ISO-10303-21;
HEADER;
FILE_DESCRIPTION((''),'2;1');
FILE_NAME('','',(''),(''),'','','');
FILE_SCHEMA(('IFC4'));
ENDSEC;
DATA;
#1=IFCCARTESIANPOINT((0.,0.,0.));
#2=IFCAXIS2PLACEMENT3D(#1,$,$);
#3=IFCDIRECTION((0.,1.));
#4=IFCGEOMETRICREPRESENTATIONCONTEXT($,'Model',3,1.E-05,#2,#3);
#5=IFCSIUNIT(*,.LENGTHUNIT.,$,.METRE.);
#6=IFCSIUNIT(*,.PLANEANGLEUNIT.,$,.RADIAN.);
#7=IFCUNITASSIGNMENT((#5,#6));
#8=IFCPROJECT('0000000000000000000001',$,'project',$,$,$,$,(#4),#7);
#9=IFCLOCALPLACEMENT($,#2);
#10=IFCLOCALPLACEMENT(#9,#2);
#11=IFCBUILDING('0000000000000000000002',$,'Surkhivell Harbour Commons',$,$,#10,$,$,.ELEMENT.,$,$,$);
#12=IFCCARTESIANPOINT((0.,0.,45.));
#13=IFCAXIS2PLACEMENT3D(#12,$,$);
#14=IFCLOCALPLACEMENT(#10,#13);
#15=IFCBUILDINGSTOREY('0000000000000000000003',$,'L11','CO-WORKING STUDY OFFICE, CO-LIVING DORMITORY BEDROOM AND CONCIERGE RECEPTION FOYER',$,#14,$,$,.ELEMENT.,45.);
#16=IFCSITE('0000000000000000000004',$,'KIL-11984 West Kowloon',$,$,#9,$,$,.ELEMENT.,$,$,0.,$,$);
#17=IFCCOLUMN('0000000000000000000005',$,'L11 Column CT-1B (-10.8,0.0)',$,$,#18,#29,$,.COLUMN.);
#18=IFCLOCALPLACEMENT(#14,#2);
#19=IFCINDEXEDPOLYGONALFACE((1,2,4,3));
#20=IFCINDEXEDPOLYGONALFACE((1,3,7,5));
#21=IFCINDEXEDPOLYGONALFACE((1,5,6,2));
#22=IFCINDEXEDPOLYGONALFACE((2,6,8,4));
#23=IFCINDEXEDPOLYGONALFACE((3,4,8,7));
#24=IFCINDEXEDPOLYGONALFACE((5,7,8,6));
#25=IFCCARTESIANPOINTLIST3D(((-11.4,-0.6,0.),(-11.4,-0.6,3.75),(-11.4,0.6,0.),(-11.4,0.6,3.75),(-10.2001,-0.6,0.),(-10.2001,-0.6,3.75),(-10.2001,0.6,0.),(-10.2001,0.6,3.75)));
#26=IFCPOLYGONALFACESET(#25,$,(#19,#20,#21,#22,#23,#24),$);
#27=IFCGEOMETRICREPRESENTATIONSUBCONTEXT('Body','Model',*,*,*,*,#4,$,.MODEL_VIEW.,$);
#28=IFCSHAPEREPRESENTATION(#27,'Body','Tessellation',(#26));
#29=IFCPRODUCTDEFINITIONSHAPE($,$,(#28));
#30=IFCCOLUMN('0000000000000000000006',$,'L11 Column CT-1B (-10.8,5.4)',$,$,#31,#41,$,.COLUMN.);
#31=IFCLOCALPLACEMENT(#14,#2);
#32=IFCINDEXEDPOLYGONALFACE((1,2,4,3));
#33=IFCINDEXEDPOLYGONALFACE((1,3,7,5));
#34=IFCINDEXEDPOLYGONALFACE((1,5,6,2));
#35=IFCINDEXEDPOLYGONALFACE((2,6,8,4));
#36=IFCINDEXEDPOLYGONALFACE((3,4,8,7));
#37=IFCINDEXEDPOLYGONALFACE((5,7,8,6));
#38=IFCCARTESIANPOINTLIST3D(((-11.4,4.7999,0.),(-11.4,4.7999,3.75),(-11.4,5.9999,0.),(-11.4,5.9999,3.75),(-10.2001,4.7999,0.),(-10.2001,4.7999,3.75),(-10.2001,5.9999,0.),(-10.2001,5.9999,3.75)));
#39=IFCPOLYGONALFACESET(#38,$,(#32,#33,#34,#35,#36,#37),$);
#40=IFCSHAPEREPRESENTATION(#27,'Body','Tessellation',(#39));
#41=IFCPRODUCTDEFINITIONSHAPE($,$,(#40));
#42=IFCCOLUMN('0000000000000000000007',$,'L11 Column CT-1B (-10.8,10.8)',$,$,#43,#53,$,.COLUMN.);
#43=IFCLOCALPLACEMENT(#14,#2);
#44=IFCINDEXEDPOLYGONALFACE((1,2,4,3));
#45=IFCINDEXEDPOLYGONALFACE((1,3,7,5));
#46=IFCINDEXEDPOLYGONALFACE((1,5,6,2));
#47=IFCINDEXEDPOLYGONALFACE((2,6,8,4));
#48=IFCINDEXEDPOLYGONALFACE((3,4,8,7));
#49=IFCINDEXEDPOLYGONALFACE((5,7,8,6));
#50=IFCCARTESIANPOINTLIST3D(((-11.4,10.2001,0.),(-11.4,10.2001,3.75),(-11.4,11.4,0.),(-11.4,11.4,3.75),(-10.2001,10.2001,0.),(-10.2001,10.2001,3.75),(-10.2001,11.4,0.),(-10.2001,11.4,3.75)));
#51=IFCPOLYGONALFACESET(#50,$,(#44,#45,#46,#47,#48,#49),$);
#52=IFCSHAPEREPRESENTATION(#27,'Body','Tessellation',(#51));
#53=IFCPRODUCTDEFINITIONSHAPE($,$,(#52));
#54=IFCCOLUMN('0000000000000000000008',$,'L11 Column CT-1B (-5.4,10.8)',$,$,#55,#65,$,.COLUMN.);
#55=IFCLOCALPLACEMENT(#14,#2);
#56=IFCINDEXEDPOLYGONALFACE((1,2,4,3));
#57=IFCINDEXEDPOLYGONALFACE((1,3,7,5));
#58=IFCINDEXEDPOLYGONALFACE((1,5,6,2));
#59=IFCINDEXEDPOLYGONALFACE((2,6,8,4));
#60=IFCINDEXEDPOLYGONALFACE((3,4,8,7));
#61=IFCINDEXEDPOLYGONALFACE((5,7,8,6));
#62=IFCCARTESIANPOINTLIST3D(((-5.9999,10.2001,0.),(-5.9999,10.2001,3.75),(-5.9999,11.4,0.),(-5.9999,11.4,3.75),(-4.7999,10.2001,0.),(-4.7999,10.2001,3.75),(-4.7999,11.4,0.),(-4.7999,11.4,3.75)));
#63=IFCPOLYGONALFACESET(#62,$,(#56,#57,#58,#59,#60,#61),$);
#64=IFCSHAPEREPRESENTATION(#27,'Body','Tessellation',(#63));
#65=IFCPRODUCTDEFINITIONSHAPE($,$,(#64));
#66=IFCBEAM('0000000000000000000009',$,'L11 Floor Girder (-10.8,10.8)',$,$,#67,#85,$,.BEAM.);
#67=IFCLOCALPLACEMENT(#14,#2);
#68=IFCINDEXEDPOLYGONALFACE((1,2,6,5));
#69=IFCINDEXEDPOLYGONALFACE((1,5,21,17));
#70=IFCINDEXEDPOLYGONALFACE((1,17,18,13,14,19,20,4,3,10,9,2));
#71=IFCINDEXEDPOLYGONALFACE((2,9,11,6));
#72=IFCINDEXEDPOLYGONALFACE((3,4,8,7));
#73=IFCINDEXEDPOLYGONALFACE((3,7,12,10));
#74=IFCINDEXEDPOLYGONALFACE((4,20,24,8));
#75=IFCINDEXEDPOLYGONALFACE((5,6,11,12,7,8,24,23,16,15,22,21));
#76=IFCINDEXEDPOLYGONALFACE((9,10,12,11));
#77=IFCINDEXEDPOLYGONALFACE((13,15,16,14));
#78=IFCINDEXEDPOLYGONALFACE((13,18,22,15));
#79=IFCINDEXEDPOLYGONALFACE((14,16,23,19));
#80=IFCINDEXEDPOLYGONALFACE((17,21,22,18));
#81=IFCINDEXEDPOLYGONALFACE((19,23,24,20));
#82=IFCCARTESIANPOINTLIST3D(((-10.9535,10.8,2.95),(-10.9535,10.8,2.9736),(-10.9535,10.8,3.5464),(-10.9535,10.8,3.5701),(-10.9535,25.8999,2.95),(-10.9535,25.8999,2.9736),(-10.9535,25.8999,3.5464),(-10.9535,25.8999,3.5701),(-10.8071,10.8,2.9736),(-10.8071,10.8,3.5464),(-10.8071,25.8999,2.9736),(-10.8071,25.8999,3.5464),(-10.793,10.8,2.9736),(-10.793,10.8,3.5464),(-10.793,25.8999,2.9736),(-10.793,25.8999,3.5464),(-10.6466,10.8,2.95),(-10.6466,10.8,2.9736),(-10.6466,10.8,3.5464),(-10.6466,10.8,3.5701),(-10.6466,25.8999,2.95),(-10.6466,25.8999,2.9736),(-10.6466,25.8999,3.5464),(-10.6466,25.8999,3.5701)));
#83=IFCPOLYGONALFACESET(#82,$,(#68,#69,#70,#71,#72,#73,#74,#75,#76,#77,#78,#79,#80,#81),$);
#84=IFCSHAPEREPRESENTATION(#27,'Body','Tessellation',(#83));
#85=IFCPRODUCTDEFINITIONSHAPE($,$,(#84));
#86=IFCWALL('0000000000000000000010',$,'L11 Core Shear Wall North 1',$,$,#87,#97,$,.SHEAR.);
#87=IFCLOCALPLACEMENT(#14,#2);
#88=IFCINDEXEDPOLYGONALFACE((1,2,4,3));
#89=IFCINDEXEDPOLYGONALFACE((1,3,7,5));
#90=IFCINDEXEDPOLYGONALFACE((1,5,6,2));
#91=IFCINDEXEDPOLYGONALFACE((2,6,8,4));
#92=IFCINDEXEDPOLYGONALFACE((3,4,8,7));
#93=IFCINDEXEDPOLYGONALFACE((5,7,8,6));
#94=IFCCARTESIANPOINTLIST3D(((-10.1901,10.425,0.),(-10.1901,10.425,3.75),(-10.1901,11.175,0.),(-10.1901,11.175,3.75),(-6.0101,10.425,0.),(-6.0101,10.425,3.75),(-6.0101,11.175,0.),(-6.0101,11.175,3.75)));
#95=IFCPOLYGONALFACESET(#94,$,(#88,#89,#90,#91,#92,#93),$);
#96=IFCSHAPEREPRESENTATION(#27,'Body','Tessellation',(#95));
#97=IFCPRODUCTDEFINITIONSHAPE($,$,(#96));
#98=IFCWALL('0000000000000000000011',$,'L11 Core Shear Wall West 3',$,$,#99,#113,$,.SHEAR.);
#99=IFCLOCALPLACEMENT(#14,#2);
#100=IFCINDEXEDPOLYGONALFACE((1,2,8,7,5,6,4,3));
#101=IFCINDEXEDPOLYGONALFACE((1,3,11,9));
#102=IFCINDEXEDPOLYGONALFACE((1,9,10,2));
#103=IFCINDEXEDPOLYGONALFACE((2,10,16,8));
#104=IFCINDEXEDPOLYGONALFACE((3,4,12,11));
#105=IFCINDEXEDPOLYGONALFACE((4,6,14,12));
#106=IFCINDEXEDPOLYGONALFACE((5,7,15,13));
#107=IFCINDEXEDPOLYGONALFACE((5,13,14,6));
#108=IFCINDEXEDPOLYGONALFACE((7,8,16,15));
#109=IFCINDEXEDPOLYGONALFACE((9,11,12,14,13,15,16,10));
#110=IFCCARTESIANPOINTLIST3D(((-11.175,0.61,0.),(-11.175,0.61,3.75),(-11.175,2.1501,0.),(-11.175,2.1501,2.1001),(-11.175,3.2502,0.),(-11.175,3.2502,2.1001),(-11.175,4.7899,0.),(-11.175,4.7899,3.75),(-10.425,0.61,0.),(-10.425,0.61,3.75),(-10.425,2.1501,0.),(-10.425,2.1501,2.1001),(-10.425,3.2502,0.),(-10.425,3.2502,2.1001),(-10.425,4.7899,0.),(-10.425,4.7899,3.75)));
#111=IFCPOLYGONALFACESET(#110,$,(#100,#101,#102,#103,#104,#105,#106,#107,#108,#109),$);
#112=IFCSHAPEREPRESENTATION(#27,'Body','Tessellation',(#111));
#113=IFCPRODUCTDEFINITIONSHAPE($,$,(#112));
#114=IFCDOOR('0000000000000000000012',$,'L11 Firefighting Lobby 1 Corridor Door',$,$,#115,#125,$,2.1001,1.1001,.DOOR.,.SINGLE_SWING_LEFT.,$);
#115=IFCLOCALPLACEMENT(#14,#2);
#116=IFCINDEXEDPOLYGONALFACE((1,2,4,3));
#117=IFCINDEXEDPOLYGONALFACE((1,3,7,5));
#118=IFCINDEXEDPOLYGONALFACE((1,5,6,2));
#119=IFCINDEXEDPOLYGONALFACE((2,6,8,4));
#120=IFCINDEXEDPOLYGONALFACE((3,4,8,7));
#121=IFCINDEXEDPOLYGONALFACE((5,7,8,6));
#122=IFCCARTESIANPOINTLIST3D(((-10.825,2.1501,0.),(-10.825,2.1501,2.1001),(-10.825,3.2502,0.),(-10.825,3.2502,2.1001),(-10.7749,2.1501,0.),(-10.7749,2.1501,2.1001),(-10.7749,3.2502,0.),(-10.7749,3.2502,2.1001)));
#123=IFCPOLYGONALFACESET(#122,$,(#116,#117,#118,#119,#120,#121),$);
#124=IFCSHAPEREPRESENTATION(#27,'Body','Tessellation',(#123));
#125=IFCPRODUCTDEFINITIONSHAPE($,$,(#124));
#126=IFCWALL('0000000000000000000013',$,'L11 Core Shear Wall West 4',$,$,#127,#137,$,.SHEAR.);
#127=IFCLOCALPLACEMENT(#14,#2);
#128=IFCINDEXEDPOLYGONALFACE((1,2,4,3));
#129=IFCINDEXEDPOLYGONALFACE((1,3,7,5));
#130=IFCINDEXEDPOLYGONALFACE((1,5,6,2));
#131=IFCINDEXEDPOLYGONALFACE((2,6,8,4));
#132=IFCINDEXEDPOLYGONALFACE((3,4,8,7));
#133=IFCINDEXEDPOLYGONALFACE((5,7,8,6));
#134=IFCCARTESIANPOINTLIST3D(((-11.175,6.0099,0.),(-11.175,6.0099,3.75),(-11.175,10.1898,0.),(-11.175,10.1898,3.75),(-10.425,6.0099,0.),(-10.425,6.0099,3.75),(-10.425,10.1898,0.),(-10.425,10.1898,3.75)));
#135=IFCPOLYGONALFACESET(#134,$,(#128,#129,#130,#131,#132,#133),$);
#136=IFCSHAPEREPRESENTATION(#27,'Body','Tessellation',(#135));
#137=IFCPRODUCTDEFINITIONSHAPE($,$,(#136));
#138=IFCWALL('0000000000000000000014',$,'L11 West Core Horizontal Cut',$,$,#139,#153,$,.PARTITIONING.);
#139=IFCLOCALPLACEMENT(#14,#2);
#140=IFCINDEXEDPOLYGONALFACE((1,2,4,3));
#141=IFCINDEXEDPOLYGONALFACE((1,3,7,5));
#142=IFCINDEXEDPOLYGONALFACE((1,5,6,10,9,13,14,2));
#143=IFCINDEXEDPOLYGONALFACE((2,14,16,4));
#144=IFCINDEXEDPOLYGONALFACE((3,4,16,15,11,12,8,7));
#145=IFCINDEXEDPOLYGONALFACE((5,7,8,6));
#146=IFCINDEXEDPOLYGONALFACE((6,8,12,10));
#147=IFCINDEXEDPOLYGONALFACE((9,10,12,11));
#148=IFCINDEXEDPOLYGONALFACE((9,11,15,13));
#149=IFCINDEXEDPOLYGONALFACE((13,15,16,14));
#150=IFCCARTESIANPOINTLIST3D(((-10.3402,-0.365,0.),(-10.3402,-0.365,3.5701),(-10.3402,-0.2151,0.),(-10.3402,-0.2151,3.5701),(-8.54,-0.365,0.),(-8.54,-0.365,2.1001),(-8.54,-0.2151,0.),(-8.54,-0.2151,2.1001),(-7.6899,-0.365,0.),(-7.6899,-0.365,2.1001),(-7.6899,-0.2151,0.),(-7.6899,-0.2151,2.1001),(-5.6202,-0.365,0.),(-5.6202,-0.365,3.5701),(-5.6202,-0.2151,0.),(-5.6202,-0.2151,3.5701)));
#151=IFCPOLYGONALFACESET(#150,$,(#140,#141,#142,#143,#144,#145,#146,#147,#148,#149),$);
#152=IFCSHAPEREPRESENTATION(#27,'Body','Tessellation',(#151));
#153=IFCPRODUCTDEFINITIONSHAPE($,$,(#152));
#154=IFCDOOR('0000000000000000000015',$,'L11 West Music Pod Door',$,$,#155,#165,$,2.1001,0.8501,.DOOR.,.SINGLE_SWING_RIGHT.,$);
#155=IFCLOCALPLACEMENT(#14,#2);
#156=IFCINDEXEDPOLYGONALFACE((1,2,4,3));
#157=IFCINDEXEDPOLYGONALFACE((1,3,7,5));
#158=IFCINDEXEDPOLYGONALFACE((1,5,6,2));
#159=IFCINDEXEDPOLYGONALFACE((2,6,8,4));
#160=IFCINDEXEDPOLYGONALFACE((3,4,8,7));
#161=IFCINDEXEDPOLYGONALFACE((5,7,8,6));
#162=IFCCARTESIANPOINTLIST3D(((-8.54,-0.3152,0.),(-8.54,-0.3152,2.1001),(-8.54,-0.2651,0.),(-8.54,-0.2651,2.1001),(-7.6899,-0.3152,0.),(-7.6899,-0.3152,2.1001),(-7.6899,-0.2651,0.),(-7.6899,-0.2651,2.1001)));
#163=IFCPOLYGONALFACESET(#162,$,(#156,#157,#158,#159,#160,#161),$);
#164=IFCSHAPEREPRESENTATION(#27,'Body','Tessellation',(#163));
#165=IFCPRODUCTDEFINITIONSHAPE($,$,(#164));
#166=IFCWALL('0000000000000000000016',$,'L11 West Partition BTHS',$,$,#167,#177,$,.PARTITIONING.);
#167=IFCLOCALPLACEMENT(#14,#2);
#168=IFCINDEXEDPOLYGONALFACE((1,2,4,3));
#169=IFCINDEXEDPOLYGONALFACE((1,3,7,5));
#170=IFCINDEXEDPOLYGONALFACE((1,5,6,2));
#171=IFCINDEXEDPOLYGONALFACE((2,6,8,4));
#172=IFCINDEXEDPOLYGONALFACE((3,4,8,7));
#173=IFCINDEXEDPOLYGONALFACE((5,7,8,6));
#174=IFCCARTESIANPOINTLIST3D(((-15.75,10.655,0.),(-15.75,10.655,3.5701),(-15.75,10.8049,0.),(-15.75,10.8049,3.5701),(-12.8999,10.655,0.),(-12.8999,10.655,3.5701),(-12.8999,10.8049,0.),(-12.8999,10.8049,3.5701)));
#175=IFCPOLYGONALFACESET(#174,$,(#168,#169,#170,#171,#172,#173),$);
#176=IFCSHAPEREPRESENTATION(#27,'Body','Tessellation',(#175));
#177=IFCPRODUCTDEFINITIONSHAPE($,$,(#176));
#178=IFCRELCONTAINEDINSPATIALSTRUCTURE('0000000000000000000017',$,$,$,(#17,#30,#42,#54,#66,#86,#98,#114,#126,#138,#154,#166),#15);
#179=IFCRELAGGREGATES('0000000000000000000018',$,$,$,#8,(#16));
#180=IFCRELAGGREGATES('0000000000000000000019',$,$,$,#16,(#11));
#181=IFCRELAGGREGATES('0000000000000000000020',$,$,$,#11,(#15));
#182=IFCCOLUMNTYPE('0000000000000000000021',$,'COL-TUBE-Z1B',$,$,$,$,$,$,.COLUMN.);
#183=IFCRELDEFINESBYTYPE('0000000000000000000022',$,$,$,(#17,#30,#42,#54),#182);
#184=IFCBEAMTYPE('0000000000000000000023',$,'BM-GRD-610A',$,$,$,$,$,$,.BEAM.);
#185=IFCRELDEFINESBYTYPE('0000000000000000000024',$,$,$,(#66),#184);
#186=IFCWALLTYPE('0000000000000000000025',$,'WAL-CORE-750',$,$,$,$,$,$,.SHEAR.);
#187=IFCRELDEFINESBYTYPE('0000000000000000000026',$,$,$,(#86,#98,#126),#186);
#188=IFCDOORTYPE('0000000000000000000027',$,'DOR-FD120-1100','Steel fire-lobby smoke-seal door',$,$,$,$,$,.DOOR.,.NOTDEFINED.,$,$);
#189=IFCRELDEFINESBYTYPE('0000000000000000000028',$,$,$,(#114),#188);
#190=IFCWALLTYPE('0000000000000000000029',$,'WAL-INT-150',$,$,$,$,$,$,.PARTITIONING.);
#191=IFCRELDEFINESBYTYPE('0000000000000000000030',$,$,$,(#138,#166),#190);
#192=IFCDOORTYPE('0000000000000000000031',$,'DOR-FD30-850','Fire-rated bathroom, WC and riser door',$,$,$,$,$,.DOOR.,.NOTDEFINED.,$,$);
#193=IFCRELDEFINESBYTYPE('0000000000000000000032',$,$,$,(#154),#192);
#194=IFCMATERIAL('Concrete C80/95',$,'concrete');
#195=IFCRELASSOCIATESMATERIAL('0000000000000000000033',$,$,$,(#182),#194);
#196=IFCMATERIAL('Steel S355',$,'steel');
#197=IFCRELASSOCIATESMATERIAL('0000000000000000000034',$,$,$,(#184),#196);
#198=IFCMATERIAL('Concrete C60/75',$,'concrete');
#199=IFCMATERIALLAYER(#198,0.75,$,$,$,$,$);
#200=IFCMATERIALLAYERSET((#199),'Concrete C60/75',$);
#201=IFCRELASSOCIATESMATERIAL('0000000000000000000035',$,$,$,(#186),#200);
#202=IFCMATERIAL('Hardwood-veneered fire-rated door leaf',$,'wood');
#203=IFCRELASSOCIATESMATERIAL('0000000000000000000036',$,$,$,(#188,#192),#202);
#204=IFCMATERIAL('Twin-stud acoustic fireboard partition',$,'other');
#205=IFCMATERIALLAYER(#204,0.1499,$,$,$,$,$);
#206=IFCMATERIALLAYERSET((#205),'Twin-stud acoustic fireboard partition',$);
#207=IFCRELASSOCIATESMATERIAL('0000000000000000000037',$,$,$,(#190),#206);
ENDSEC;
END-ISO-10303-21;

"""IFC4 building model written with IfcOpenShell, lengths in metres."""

from ifc_helpers import new_model, si_unit, direction, frame, frame_2d, origin, origin_2d, place, context, subcontext, project, spatial, rectangle, i_section, extrude, material, layer, layer_set, material_profile, profile_set, type_object, element, fill, save


model = new_model("IFC4")

# Units and contexts
model_context = context("Model", 3, precision=1e-05, world=origin(), true_north=direction((0.0, 1.0)))
body_context = subcontext(model_context, "Body", "Model", "MODEL_VIEW")
ifc_project = project(units=[si_unit("LENGTHUNIT", "METRE"), si_unit("PLANEANGLEUNIT", "RADIAN")], contexts=[model_context])

# Site, building, storey
site_placement = place(None, origin())
site = spatial("IfcSite", under=ifc_project, at=site_placement, Name="KIL-11984 West Kowloon", CompositionType="ELEMENT", RefElevation=0.0)
building_placement = place(site_placement, origin())
building = spatial("IfcBuilding", under=site, at=building_placement, Name="Surkhivell Harbour Commons", CompositionType="ELEMENT")
storey_placement = place(building_placement, frame((0.0, 0.0, 45.0)))
storey = spatial("IfcBuildingStorey", under=building, at=storey_placement, Name="L11", Description="CO-WORKING STUDY OFFICE, CO-LIVING DORMITORY BEDROOM AND CONCIERGE RECEPTION FOYER", CompositionType="ELEMENT", Elevation=45.0)

# Columns
ifc_material_1 = material(Name="Concrete C80/95", Category="concrete")
ifc_material_profile_1 = material_profile(ifc_material_1, rectangle(XDim=1.2, YDim=1.2, at=origin_2d()), Name="RC-COL-1200x1200")
ifc_profile_set_1 = profile_set([ifc_material_profile_1], Name="Concrete C80/95")
column_type = type_object("IfcColumnType", Name="COL-TUBE-Z1B", PredefinedType="COLUMN", material=ifc_profile_set_1)
for number, where, z_axis, x_axis, name in (
    (1, (-10.8, 0.0, 0.0), (0.0, 0.0, 1.0), (1.0, 0.0, 0.0), "L11 Column CT-1B (-10.8,0.0)"),
    (2, (-10.8, 5.3999, 0.0), (0.0, 0.0, 1.0), (1.0, 0.0, 0.0), "L11 Column CT-1B (-10.8,5.4)"),
    (3, (-10.8, 10.8, 0.0), (0.0, 0.0, 1.0), (1.0, 0.0, 0.0), "L11 Column CT-1B (-10.8,10.8)"),
    (4, (-5.3999, 10.8, 0.0), (0.0, 0.0, 1.0), (1.0, 0.0, 0.0), "L11 Column CT-1B (-5.4,10.8)"),
):
    element("IfcColumn", number, at=place(storey_placement, frame(where, z_axis=z_axis, x_axis=x_axis)), inside=storey, type_object=column_type, Name=name, PredefinedType="COLUMN", context=body_context, shape_type="SweptSolid", body=[
        extrude(rectangle(XDim=1.2, YDim=1.2, at=origin_2d()), origin(), (0.0, 0.0, 1.0), 3.75),
    ])

# Beam
ifc_material_2 = material(Name="Steel S355", Category="steel")
ifc_material_profile_2 = material_profile(ifc_material_2, i_section(OverallWidth=0.3069, OverallDepth=0.6201, WebThickness=0.0142, FlangeThickness=0.0237, at=origin_2d()), Name="UB610x305x179")
ifc_profile_set_2 = profile_set([ifc_material_profile_2], Name="Steel S355")
beam_type = type_object("IfcBeamType", Name="BM-GRD-610A", PredefinedType="BEAM", material=ifc_profile_set_2)
beam_placement = place(storey_placement, frame((-10.8, 10.8, 3.26), z_axis=(0.0, 1.0, 0.0), x_axis=(-1.0, 0.0, 0.0)))
element("IfcBeam", 5, at=beam_placement, inside=storey, type_object=beam_type, Name="L11 Floor Girder (-10.8,10.8)", PredefinedType="BEAM", context=body_context, shape_type="SweptSolid", body=[
    extrude(i_section(OverallWidth=0.3069, OverallDepth=0.6201, WebThickness=0.0142, FlangeThickness=0.0237, at=origin_2d()), origin(), (0.0, 0.0, 1.0), 15.0999),
])

# Wall
ifc_material_3 = material(Name="Concrete C60/75", Category="concrete")
ifc_layer_1 = layer(ifc_material_3, 0.75)
ifc_layer_set_1 = layer_set([ifc_layer_1], Name="Concrete C60/75")
wall_type_1 = type_object("IfcWallType", Name="WAL-CORE-750", PredefinedType="SHEAR", material=ifc_layer_set_1)
wall_1_placement = place(storey_placement, frame((-10.1899, 10.8, 0.0), z_axis=(0.0, 0.0, 1.0), x_axis=(1.0, 0.0, 0.0)))
element("IfcWall", 6, at=wall_1_placement, inside=storey, type_object=wall_type_1, Name="L11 Core Shear Wall North 1", PredefinedType="SHEAR", context=body_context, shape_type="SweptSolid", body=[
    extrude(rectangle(XDim=4.1799, YDim=0.75, at=frame_2d((2.0898, 0.0))), origin(), (0.0, 0.0, 1.0), 3.75),
])

# Wall, opening, door
wall_2_placement = place(storey_placement, frame((-10.8, 0.6101, 0.0), z_axis=(0.0, 0.0, 1.0), x_axis=(0.0, 1.0, 0.0)))
wall_2 = element("IfcWall", 7, at=wall_2_placement, inside=storey, type_object=wall_type_1, Name="L11 Core Shear Wall West 3", PredefinedType="SHEAR", context=body_context, shape_type="SweptSolid", body=[
    extrude(rectangle(XDim=4.1799, YDim=0.75, at=frame_2d((2.0898, 0.0))), origin(), (0.0, 0.0, 1.0), 3.75),
])
opening_1_placement = place(wall_2_placement, frame((1.54, 0.0, 0.0)))
opening_1 = element("IfcOpeningElement", 8, at=opening_1_placement, cuts=wall_2, PredefinedType="OPENING", context=body_context, shape_type="SweptSolid", body=[
    extrude(rectangle(XDim=1.1001, YDim=2.1001, at=frame_2d((0.55, 1.05))), frame((0.0, 0.385, 0.0), z_axis=(0.0, -1.0, 0.0), x_axis=(1.0, 0.0, 0.0)), (0.0, 0.0, 1.0), 0.77),
])
ifc_material_4 = material(Name="Hardwood-veneered fire-rated door leaf", Category="wood")
door_type_1 = type_object("IfcDoorType", Name="DOR-FD120-1100", Description="Steel fire-lobby smoke-seal door", OperationType="NOTDEFINED", PredefinedType="DOOR", material=ifc_material_4)
door_1_placement = place(opening_1_placement, origin())
door_1 = element("IfcDoor", 9, at=door_1_placement, inside=storey, type_object=door_type_1, Name="L11 Firefighting Lobby 1 Corridor Door", OperationType="SINGLE_SWING_LEFT", OverallHeight=2.1001, OverallWidth=1.1001, PredefinedType="DOOR", context=body_context, shape_type="SweptSolid", body=[
    extrude(rectangle(XDim=1.1001, YDim=2.1001, at=frame_2d((0.55, 1.05))), frame((0.0, 0.0249, 0.0), z_axis=(0.0, -1.0, 0.0), x_axis=(1.0, 0.0, 0.0)), (0.0, 0.0, 1.0), 0.05),
])
fill(opening_1, door_1)

# Wall
wall_3_placement = place(storey_placement, frame((-10.8, 6.01, 0.0), z_axis=(0.0, 0.0, 1.0), x_axis=(0.0, 1.0, 0.0)))
element("IfcWall", 10, at=wall_3_placement, inside=storey, type_object=wall_type_1, Name="L11 Core Shear Wall West 4", PredefinedType="SHEAR", context=body_context, shape_type="SweptSolid", body=[
    extrude(rectangle(XDim=4.1799, YDim=0.75, at=frame_2d((2.0898, 0.0))), origin(), (0.0, 0.0, 1.0), 3.75),
])

# Wall, opening, door
ifc_material_5 = material(Name="Twin-stud acoustic fireboard partition", Category="other")
ifc_layer_2 = layer(ifc_material_5, 0.1499)
ifc_layer_set_2 = layer_set([ifc_layer_2], Name="Twin-stud acoustic fireboard partition")
wall_type_2 = type_object("IfcWallType", Name="WAL-INT-150", PredefinedType="PARTITIONING", material=ifc_layer_set_2)
wall_4_placement = place(storey_placement, frame((-10.3401, -0.29, 0.0), z_axis=(0.0, 0.0, 1.0), x_axis=(1.0, 0.0, 0.0)))
wall_4 = element("IfcWall", 11, at=wall_4_placement, inside=storey, type_object=wall_type_2, Name="L11 West Core Horizontal Cut", PredefinedType="PARTITIONING", context=body_context, shape_type="SweptSolid", body=[
    extrude(rectangle(XDim=4.72, YDim=0.1499, at=frame_2d((2.3599, 0.0))), origin(), (0.0, 0.0, 1.0), 3.5701),
])
opening_2_placement = place(wall_4_placement, frame((1.8, 0.0, 0.0)))
opening_2 = element("IfcOpeningElement", 12, at=opening_2_placement, cuts=wall_4, PredefinedType="OPENING", context=body_context, shape_type="SweptSolid", body=[
    extrude(rectangle(XDim=0.8501, YDim=2.1001, at=frame_2d((0.425, 1.05))), frame((0.0, 0.085, 0.0), z_axis=(0.0, -1.0, 0.0), x_axis=(1.0, 0.0, 0.0)), (0.0, 0.0, 1.0), 0.1699),
])
door_type_2 = type_object("IfcDoorType", Name="DOR-FD30-850", Description="Fire-rated bathroom, WC and riser door", OperationType="NOTDEFINED", PredefinedType="DOOR", material=ifc_material_4)
door_2_placement = place(opening_2_placement, origin())
door_2 = element("IfcDoor", 13, at=door_2_placement, inside=storey, type_object=door_type_2, Name="L11 West Music Pod Door", OperationType="SINGLE_SWING_RIGHT", OverallHeight=2.1001, OverallWidth=0.8501, PredefinedType="DOOR", context=body_context, shape_type="SweptSolid", body=[
    extrude(rectangle(XDim=0.8501, YDim=2.1001, at=frame_2d((0.425, 1.05))), frame((0.0, 0.0249, 0.0), z_axis=(0.0, -1.0, 0.0), x_axis=(1.0, 0.0, 0.0)), (0.0, 0.0, 1.0), 0.05),
])
fill(opening_2, door_2)

# Wall
wall_5_placement = place(storey_placement, frame((-15.75, 10.73, 0.0), z_axis=(0.0, 0.0, 1.0), x_axis=(1.0, 0.0, 0.0)))
element("IfcWall", 14, at=wall_5_placement, inside=storey, type_object=wall_type_2, Name="L11 West Partition BTHS", PredefinedType="PARTITIONING", context=body_context, shape_type="SweptSolid", body=[
    extrude(rectangle(XDim=2.8501, YDim=0.1499, at=frame_2d((1.425, 0.0))), origin(), (0.0, 0.0, 1.0), 3.5701),
])

save(model, "model.ifc")
